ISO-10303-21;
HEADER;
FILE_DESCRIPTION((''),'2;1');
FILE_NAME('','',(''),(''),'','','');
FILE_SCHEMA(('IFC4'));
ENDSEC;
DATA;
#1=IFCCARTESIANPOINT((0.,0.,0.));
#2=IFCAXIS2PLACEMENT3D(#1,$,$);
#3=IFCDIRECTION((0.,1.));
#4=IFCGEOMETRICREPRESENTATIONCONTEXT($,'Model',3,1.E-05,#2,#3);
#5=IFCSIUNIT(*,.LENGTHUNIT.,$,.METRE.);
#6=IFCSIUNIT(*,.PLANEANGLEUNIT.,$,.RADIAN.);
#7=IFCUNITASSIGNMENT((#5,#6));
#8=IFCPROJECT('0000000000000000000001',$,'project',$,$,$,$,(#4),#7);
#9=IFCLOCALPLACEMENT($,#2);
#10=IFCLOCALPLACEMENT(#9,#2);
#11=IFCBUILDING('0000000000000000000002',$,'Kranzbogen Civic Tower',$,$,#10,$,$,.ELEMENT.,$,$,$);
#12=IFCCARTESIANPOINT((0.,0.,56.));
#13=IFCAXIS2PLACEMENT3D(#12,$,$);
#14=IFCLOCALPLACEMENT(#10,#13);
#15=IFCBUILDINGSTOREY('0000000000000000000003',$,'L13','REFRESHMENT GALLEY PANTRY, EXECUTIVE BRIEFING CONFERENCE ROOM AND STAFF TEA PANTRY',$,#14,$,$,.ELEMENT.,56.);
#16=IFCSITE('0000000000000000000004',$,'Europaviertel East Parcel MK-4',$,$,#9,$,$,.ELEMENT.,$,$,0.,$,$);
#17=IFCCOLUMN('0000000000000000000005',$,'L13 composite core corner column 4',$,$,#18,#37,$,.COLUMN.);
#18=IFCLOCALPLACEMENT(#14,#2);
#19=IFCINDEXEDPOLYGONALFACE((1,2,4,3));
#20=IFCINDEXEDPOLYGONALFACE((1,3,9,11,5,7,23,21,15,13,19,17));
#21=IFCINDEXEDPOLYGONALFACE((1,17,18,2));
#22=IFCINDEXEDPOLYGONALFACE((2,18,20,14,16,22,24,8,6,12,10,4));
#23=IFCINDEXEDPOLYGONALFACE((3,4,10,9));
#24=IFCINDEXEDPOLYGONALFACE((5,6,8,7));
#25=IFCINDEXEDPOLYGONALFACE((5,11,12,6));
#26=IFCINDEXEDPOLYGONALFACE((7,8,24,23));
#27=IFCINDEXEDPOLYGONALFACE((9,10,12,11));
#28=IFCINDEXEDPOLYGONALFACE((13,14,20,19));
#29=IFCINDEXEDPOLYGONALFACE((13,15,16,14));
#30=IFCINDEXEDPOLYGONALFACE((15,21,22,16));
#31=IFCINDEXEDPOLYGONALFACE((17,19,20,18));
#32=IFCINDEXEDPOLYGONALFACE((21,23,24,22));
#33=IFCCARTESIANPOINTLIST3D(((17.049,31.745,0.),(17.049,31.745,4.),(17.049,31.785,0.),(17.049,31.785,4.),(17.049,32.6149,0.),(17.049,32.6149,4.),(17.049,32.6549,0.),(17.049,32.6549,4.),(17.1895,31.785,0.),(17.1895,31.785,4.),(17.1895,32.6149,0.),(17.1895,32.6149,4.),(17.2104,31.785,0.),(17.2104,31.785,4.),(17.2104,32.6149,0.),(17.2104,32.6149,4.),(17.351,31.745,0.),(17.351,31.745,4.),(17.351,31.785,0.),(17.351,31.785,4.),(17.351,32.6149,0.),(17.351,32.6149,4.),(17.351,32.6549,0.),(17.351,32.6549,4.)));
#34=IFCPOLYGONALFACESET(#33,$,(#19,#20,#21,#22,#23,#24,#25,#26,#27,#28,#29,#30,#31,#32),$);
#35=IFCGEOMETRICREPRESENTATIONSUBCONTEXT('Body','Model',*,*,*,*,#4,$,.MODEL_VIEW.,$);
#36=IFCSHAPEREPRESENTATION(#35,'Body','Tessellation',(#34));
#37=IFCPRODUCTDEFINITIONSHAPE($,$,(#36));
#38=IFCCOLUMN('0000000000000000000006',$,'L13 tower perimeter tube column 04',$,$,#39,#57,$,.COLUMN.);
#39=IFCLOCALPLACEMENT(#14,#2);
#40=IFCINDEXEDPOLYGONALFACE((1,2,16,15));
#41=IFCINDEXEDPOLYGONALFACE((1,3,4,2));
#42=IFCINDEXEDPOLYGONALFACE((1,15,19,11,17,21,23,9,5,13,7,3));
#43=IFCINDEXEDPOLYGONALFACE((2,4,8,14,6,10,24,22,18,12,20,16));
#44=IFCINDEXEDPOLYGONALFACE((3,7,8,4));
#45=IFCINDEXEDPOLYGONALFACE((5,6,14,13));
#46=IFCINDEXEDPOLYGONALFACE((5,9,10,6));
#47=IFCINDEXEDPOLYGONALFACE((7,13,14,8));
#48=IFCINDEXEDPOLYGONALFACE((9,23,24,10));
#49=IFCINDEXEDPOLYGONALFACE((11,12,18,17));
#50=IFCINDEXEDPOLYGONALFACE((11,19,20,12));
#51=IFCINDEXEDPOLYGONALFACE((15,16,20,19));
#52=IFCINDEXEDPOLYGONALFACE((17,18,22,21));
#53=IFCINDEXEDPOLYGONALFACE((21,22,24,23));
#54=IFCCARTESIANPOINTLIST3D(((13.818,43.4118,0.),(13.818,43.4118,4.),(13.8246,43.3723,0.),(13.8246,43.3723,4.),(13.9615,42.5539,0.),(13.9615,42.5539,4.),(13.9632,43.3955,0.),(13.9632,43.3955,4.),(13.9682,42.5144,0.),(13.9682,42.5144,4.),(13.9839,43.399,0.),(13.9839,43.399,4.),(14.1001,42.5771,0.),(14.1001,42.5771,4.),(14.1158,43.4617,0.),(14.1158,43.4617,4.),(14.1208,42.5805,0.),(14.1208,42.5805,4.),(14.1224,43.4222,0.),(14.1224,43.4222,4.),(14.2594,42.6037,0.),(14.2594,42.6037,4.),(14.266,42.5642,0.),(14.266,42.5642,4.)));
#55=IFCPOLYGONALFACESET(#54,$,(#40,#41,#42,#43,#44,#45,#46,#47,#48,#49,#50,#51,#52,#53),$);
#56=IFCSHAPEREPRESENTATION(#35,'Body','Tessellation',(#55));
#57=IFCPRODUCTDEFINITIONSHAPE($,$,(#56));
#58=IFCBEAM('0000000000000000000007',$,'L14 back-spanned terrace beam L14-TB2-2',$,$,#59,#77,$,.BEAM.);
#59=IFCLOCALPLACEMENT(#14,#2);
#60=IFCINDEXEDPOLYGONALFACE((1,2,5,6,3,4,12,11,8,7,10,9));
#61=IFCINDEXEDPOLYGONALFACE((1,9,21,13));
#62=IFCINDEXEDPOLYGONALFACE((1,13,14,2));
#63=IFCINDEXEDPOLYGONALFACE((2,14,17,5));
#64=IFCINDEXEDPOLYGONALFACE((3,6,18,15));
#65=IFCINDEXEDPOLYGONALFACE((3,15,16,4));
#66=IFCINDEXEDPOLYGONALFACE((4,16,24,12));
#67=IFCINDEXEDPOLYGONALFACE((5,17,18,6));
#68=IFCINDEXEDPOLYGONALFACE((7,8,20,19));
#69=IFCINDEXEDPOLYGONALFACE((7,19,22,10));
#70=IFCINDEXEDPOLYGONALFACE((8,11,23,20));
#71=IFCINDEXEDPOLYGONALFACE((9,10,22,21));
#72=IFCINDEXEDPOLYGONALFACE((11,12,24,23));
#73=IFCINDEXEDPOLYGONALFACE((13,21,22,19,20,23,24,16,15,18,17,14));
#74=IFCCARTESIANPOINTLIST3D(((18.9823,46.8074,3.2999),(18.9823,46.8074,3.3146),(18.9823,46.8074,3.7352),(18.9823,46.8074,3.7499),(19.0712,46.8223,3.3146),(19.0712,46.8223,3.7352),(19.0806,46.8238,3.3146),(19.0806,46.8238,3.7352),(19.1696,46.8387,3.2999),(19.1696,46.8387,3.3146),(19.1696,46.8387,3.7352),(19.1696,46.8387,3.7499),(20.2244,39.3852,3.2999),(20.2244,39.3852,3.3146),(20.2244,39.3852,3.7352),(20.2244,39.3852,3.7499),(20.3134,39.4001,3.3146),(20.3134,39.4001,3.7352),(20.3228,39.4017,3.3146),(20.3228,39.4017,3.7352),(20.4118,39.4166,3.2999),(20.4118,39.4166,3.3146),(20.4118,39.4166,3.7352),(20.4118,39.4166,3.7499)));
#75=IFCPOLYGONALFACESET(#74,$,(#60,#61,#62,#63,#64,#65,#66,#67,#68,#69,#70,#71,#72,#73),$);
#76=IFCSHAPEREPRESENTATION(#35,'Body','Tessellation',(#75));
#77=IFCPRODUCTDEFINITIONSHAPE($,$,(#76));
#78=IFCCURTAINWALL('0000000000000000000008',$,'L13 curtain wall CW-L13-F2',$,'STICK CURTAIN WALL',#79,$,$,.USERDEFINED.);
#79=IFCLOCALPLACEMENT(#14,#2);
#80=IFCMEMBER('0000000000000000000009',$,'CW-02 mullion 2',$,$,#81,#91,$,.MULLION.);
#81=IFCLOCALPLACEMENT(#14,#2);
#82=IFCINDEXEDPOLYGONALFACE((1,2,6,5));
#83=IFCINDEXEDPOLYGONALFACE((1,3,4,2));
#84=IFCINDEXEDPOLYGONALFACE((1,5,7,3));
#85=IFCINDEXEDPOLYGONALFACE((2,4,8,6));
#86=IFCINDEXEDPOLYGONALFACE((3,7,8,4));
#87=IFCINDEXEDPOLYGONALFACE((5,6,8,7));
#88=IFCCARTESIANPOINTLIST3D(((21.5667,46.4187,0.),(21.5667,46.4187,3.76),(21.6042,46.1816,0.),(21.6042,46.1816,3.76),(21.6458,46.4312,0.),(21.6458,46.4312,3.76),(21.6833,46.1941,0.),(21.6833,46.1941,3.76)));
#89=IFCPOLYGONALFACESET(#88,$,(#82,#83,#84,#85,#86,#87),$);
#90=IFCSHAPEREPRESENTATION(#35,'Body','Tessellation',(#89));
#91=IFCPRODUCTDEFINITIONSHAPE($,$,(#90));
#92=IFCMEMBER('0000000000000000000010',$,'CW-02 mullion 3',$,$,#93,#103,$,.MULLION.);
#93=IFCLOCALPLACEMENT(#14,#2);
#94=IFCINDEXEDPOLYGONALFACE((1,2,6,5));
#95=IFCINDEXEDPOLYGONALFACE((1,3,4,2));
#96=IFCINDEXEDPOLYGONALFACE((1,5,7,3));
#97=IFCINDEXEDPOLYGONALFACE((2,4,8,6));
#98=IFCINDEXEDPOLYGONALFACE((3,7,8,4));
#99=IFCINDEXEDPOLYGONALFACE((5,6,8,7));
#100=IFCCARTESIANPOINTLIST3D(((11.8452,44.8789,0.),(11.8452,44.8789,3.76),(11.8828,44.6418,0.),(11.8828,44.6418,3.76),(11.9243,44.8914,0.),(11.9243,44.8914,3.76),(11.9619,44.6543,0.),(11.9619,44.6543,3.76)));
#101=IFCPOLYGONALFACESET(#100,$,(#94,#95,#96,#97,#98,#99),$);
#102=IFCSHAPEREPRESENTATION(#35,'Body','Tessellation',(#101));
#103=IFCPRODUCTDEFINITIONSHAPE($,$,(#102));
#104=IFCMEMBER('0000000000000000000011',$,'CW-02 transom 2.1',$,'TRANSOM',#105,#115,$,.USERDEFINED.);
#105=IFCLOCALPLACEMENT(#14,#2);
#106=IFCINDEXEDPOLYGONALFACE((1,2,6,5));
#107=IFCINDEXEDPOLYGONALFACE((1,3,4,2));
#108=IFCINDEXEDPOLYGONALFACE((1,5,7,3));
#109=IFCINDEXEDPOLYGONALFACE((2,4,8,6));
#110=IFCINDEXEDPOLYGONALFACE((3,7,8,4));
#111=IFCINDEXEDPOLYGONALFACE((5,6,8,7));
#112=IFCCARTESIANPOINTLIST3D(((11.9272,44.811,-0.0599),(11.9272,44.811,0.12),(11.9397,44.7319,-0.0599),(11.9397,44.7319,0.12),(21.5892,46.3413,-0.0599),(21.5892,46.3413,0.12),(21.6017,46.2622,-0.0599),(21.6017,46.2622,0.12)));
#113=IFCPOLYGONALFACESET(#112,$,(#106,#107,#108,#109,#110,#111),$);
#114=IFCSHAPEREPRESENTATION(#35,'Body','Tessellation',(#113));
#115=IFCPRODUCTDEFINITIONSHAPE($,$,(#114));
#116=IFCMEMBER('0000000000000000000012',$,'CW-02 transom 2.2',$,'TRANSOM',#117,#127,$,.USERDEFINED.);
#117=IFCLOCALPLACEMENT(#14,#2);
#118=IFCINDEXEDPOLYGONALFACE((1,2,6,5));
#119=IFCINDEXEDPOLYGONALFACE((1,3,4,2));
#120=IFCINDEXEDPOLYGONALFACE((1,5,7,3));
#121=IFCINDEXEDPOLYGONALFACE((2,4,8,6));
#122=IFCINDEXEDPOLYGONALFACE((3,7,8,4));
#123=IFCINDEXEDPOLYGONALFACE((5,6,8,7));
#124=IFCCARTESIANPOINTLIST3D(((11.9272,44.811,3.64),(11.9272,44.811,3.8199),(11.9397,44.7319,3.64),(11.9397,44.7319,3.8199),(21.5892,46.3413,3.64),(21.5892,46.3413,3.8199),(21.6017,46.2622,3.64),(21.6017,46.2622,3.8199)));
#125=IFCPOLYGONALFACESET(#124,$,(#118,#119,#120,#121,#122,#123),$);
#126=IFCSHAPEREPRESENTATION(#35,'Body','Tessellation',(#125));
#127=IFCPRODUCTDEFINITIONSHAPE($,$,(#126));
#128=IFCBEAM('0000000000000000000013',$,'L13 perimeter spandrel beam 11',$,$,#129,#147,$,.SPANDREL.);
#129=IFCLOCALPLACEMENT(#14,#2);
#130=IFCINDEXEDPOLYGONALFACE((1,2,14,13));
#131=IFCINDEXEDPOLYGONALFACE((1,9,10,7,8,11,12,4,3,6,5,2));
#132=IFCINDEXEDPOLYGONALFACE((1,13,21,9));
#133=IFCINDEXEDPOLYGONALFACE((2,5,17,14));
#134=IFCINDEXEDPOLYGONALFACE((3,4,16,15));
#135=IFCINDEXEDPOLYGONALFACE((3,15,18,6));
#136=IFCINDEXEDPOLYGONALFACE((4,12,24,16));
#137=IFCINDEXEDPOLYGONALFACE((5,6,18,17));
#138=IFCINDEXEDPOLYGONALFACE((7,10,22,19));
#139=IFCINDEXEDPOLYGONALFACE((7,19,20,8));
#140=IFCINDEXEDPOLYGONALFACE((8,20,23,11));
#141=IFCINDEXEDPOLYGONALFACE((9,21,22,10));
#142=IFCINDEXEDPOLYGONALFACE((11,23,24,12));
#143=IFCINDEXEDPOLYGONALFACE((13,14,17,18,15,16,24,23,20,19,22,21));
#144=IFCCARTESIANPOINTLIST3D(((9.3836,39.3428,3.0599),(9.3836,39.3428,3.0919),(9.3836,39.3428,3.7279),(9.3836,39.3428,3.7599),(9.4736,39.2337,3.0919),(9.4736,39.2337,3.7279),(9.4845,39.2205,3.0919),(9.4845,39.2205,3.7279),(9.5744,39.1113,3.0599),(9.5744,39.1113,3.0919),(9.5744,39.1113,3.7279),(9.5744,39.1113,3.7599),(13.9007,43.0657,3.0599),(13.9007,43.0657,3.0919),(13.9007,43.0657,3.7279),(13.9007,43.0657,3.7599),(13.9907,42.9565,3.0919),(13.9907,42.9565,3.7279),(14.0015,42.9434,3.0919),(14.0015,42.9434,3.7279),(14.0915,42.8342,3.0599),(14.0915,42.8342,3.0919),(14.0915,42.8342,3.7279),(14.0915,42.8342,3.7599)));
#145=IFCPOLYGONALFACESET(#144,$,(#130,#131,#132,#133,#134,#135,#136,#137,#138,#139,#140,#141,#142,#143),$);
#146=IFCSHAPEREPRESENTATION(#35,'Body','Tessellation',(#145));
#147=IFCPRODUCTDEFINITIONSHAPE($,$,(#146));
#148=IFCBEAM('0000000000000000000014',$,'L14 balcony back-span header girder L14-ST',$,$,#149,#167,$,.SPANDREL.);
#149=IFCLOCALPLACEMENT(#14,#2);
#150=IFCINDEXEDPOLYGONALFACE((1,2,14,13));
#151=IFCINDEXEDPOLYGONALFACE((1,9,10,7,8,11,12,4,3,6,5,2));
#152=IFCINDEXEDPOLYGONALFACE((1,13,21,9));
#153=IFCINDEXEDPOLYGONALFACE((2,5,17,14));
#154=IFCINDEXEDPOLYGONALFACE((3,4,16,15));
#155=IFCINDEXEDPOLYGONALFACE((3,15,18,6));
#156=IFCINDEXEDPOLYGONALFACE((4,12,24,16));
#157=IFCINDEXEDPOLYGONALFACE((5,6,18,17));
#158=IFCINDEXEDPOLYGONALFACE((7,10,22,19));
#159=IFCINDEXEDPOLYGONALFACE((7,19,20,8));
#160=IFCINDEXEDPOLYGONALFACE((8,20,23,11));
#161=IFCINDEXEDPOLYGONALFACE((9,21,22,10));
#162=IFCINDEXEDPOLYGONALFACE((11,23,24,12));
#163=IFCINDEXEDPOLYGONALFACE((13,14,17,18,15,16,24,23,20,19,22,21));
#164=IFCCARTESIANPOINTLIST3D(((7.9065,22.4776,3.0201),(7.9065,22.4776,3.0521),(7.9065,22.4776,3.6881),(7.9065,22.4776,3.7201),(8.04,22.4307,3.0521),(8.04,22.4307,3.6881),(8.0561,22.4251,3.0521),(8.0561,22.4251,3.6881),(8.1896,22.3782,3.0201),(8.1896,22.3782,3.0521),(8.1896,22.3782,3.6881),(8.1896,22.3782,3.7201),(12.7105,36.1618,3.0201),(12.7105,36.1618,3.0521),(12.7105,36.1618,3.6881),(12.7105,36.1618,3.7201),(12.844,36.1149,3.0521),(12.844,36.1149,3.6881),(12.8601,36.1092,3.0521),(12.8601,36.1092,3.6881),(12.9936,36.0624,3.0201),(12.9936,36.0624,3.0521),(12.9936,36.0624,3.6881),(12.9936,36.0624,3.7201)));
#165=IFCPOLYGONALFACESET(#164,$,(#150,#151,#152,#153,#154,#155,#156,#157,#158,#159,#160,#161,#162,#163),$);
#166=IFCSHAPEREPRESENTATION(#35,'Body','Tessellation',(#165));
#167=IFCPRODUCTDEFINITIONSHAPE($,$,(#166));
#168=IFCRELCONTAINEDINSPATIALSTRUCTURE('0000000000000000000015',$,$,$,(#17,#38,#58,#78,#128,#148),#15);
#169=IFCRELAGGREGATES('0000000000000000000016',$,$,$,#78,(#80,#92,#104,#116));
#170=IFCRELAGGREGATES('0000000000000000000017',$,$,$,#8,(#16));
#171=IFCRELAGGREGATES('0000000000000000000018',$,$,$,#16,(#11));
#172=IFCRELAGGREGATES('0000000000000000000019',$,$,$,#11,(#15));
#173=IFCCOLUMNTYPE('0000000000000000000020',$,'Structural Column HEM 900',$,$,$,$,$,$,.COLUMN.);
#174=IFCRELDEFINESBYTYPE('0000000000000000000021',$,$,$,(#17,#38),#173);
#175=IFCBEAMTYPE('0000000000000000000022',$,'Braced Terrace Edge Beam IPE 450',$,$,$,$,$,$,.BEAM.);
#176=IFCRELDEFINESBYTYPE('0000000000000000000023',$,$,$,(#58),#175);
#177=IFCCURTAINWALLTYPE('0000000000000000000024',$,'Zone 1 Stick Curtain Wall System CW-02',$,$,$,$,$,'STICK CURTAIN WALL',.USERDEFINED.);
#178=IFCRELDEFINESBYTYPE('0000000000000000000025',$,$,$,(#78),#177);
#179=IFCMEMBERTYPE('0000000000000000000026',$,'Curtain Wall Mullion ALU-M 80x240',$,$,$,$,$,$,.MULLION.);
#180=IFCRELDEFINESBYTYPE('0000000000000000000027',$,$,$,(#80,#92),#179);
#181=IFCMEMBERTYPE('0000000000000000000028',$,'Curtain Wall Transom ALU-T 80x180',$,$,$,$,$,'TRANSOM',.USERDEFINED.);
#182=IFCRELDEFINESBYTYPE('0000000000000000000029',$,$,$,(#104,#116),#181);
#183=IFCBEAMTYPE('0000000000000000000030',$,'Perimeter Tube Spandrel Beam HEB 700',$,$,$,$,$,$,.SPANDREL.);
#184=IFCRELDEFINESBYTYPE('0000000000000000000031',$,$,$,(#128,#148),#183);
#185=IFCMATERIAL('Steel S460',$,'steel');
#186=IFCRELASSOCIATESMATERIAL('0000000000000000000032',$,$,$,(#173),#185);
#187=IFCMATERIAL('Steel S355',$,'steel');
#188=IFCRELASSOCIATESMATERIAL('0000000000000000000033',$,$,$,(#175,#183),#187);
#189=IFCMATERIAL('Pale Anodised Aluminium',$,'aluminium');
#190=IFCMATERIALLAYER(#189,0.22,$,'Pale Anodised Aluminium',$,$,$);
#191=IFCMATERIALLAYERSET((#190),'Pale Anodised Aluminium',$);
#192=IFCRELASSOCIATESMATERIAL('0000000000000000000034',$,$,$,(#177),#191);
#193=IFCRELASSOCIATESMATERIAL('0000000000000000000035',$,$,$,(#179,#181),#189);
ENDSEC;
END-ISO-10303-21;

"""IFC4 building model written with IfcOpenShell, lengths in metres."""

from ifc_helpers import new_model, si_unit, direction, frame, origin, origin_2d, place, context, subcontext, project, spatial, rectangle, i_section, extrude, material, layer, layer_set, material_profile, profile_set, type_object, element, aggregate, save


model = new_model("IFC4")

# Units and contexts
model_context = context("Model", 3, precision=1e-05, world=origin(), true_north=direction((0.0, 1.0)))
body_context = subcontext(model_context, "Body", "Model", "MODEL_VIEW")
ifc_project = project(units=[si_unit("LENGTHUNIT", "METRE"), si_unit("PLANEANGLEUNIT", "RADIAN")], contexts=[model_context])

# Site, building, storey
site_placement = place(None, origin())
site = spatial("IfcSite", under=ifc_project, at=site_placement, Name="Europaviertel East Parcel MK-4", CompositionType="ELEMENT", RefElevation=0.0)
building_placement = place(site_placement, origin())
building = spatial("IfcBuilding", under=site, at=building_placement, Name="Kranzbogen Civic Tower", CompositionType="ELEMENT")
storey_placement = place(building_placement, frame((0.0, 0.0, 56.0)))
storey = spatial("IfcBuildingStorey", under=building, at=storey_placement, Name="L13", Description="REFRESHMENT GALLEY PANTRY, EXECUTIVE BRIEFING CONFERENCE ROOM AND STAFF TEA PANTRY", CompositionType="ELEMENT", Elevation=56.0)

# Columns
ifc_material_1 = material(Name="Steel S460", Category="steel")
ifc_material_profile_1 = material_profile(ifc_material_1, i_section(OverallWidth=0.302, OverallDepth=0.9099, WebThickness=0.021, FlangeThickness=0.04, at=origin_2d()), Name="HEM 900")
ifc_profile_set_1 = profile_set([ifc_material_profile_1], Name="Steel S460")
column_type = type_object("IfcColumnType", Name="Structural Column HEM 900", PredefinedType="COLUMN", material=ifc_profile_set_1)
for number, where, z_axis, x_axis, name in (
    (1, (17.2, 32.2, 0.0), (0.0, 0.0, 1.0), (1.0, 0.0, 0.0), "L13 composite core corner column 4"),
    (2, (14.042, 42.988, 0.0), (0.0, 0.0, 1.0), (0.986286, 0.165048, 0.0), "L13 tower perimeter tube column 04"),
):
    element("IfcColumn", number, at=place(storey_placement, frame(where, z_axis=z_axis, x_axis=x_axis)), inside=storey, type_object=column_type, Name=name, PredefinedType="COLUMN", context=body_context, shape_type="SweptSolid", body=[
        extrude(i_section(OverallWidth=0.302, OverallDepth=0.9099, WebThickness=0.021, FlangeThickness=0.04, at=origin_2d()), origin(), (0.0, 0.0, 1.0), 4.0),
    ])

# Beam
ifc_material_2 = material(Name="Steel S355", Category="steel")
ifc_material_profile_2 = material_profile(ifc_material_2, i_section(OverallWidth=0.1899, OverallDepth=0.45, WebThickness=0.0095, FlangeThickness=0.0146, at=origin_2d()), Name="IPE 450")
ifc_profile_set_2 = profile_set([ifc_material_profile_2], Name="Steel S355")
beam_type_1 = type_object("IfcBeamType", Name="Braced Terrace Edge Beam IPE 450", PredefinedType="BEAM", material=ifc_profile_set_2)
beam_1_placement = place(storey_placement, frame((20.3181, 39.4009, 3.5249), z_axis=(-0.165067, 0.986282, 0.0), x_axis=(-0.986282, -0.165067, 0.0)))
element("IfcBeam", 3, at=beam_1_placement, inside=storey, type_object=beam_type_1, Name="L14 back-spanned terrace beam L14-TB2-2", PredefinedType="BEAM", context=body_context, shape_type="SweptSolid", body=[
    extrude(i_section(OverallWidth=0.1899, OverallDepth=0.45, WebThickness=0.0095, FlangeThickness=0.0146, at=origin_2d()), origin(), (0.0, 0.0, 1.0), 7.5254),
])

# Curtain wall, members
ifc_material_3 = material(Name="Pale Anodised Aluminium", Category="aluminium")
ifc_layer_1 = layer(ifc_material_3, 0.22, Name="Pale Anodised Aluminium")
ifc_layer_set_1 = layer_set([ifc_layer_1], Name="Pale Anodised Aluminium")
curtain_wall_type = type_object("IfcCurtainWallType", Name="Zone 1 Stick Curtain Wall System CW-02", ElementType="STICK CURTAIN WALL", PredefinedType="USERDEFINED", material=ifc_layer_set_1)
curtain_wall_placement = place(storey_placement, origin())
curtain_wall = element("IfcCurtainWall", 4, at=curtain_wall_placement, inside=storey, type_object=curtain_wall_type, Name="L13 curtain wall CW-L13-F2", ObjectType="STICK CURTAIN WALL", PredefinedType="USERDEFINED")
ifc_material_profile_3 = material_profile(ifc_material_3, rectangle(XDim=0.0801, YDim=0.24, at=origin_2d()), Name="ALU-M 80x240")
ifc_profile_set_3 = profile_set([ifc_material_profile_3], Name="Pale Anodised Aluminium")
member_type_1 = type_object("IfcMemberType", Name="Curtain Wall Mullion ALU-M 80x240", PredefinedType="MULLION", material=ifc_profile_set_3)
member_1_placement = place(storey_placement, frame((21.625, 46.3064, 0.0), z_axis=(0.0, 0.0, 1.0), x_axis=(-0.987687, -0.156444, 0.0)))
member_1 = element("IfcMember", 5, at=member_1_placement, type_object=member_type_1, Name="CW-02 mullion 2", PredefinedType="MULLION", context=body_context, shape_type="SweptSolid", body=[
    extrude(rectangle(XDim=0.0801, YDim=0.24, at=origin_2d()), origin(), (0.0, 0.0, 1.0), 3.76),
])
member_2_placement = place(storey_placement, frame((11.9036, 44.7666, 0.0), z_axis=(0.0, 0.0, 1.0), x_axis=(-0.987687, -0.156444, 0.0)))
member_2 = element("IfcMember", 6, at=member_2_placement, type_object=member_type_1, Name="CW-02 mullion 3", PredefinedType="MULLION", context=body_context, shape_type="SweptSolid", body=[
    extrude(rectangle(XDim=0.0801, YDim=0.24, at=origin_2d()), origin(), (0.0, 0.0, 1.0), 3.76),
])
ifc_material_profile_4 = material_profile(ifc_material_3, rectangle(XDim=0.0801, YDim=0.1799, at=origin_2d()), Name="ALU-T 80x180")
ifc_profile_set_4 = profile_set([ifc_material_profile_4], Name="Pale Anodised Aluminium")
member_type_2 = type_object("IfcMemberType", Name="Curtain Wall Transom ALU-T 80x180", ElementType="TRANSOM", PredefinedType="USERDEFINED", material=ifc_profile_set_4)
member_3_placement = place(storey_placement, frame((21.5955, 46.3018, 0.03), z_axis=(-0.987689, -0.156429, 0.0), x_axis=(0.156429, -0.987689, 0.0)))
member_3 = element("IfcMember", 7, at=member_3_placement, type_object=member_type_2, Name="CW-02 transom 2.1", ObjectType="TRANSOM", PredefinedType="USERDEFINED", context=body_context, shape_type="SweptSolid", body=[
    extrude(rectangle(XDim=0.0801, YDim=0.1799, at=origin_2d()), origin(), (0.0, 0.0, 1.0), 9.7825),
])
member_4_placement = place(storey_placement, frame((21.5955, 46.3018, 3.73), z_axis=(-0.987689, -0.156429, 0.0), x_axis=(0.156429, -0.987689, 0.0)))
member_4 = element("IfcMember", 8, at=member_4_placement, type_object=member_type_2, Name="CW-02 transom 2.2", ObjectType="TRANSOM", PredefinedType="USERDEFINED", context=body_context, shape_type="SweptSolid", body=[
    extrude(rectangle(XDim=0.0801, YDim=0.1799, at=origin_2d()), origin(), (0.0, 0.0, 1.0), 9.7825),
])

# Beams
ifc_material_profile_5 = material_profile(ifc_material_2, i_section(OverallWidth=0.3, OverallDepth=0.7, WebThickness=0.0171, FlangeThickness=0.032, at=origin_2d()), Name="HEB 700")
ifc_profile_set_5 = profile_set([ifc_material_profile_5], Name="Steel S355")
beam_type_2 = type_object("IfcBeamType", Name="Perimeter Tube Spandrel Beam HEB 700", PredefinedType="SPANDREL", material=ifc_profile_set_5)
beam_2_placement = place(storey_placement, frame((13.9961, 42.95, 3.4099), z_axis=(-0.771683, -0.636007, 0.0), x_axis=(0.636007, -0.771683, 0.0)))
element("IfcBeam", 9, at=beam_2_placement, inside=storey, type_object=beam_type_2, Name="L13 perimeter spandrel beam 11", PredefinedType="SPANDREL", context=body_context, shape_type="SweptSolid", body=[
    extrude(i_section(OverallWidth=0.3, OverallDepth=0.7, WebThickness=0.0171, FlangeThickness=0.032, at=origin_2d()), origin(), (0.0, 0.0, 1.0), 5.8535),
])
beam_3_placement = place(storey_placement, frame((12.8521, 36.1121, 3.3701), z_axis=(-0.331243, -0.943546, 0.0), x_axis=(0.943546, -0.331243, 0.0)))
element("IfcBeam", 10, at=beam_3_placement, inside=storey, type_object=beam_type_2, Name="L14 balcony back-span header girder L14-ST", PredefinedType="SPANDREL", context=body_context, shape_type="SweptSolid", body=[
    extrude(i_section(OverallWidth=0.3, OverallDepth=0.7, WebThickness=0.0171, FlangeThickness=0.032, at=origin_2d()), origin(), (0.0, 0.0, 1.0), 14.5029),
])

aggregate(curtain_wall, [member_1, member_2, member_3, member_4])

save(model, "model.ifc")
